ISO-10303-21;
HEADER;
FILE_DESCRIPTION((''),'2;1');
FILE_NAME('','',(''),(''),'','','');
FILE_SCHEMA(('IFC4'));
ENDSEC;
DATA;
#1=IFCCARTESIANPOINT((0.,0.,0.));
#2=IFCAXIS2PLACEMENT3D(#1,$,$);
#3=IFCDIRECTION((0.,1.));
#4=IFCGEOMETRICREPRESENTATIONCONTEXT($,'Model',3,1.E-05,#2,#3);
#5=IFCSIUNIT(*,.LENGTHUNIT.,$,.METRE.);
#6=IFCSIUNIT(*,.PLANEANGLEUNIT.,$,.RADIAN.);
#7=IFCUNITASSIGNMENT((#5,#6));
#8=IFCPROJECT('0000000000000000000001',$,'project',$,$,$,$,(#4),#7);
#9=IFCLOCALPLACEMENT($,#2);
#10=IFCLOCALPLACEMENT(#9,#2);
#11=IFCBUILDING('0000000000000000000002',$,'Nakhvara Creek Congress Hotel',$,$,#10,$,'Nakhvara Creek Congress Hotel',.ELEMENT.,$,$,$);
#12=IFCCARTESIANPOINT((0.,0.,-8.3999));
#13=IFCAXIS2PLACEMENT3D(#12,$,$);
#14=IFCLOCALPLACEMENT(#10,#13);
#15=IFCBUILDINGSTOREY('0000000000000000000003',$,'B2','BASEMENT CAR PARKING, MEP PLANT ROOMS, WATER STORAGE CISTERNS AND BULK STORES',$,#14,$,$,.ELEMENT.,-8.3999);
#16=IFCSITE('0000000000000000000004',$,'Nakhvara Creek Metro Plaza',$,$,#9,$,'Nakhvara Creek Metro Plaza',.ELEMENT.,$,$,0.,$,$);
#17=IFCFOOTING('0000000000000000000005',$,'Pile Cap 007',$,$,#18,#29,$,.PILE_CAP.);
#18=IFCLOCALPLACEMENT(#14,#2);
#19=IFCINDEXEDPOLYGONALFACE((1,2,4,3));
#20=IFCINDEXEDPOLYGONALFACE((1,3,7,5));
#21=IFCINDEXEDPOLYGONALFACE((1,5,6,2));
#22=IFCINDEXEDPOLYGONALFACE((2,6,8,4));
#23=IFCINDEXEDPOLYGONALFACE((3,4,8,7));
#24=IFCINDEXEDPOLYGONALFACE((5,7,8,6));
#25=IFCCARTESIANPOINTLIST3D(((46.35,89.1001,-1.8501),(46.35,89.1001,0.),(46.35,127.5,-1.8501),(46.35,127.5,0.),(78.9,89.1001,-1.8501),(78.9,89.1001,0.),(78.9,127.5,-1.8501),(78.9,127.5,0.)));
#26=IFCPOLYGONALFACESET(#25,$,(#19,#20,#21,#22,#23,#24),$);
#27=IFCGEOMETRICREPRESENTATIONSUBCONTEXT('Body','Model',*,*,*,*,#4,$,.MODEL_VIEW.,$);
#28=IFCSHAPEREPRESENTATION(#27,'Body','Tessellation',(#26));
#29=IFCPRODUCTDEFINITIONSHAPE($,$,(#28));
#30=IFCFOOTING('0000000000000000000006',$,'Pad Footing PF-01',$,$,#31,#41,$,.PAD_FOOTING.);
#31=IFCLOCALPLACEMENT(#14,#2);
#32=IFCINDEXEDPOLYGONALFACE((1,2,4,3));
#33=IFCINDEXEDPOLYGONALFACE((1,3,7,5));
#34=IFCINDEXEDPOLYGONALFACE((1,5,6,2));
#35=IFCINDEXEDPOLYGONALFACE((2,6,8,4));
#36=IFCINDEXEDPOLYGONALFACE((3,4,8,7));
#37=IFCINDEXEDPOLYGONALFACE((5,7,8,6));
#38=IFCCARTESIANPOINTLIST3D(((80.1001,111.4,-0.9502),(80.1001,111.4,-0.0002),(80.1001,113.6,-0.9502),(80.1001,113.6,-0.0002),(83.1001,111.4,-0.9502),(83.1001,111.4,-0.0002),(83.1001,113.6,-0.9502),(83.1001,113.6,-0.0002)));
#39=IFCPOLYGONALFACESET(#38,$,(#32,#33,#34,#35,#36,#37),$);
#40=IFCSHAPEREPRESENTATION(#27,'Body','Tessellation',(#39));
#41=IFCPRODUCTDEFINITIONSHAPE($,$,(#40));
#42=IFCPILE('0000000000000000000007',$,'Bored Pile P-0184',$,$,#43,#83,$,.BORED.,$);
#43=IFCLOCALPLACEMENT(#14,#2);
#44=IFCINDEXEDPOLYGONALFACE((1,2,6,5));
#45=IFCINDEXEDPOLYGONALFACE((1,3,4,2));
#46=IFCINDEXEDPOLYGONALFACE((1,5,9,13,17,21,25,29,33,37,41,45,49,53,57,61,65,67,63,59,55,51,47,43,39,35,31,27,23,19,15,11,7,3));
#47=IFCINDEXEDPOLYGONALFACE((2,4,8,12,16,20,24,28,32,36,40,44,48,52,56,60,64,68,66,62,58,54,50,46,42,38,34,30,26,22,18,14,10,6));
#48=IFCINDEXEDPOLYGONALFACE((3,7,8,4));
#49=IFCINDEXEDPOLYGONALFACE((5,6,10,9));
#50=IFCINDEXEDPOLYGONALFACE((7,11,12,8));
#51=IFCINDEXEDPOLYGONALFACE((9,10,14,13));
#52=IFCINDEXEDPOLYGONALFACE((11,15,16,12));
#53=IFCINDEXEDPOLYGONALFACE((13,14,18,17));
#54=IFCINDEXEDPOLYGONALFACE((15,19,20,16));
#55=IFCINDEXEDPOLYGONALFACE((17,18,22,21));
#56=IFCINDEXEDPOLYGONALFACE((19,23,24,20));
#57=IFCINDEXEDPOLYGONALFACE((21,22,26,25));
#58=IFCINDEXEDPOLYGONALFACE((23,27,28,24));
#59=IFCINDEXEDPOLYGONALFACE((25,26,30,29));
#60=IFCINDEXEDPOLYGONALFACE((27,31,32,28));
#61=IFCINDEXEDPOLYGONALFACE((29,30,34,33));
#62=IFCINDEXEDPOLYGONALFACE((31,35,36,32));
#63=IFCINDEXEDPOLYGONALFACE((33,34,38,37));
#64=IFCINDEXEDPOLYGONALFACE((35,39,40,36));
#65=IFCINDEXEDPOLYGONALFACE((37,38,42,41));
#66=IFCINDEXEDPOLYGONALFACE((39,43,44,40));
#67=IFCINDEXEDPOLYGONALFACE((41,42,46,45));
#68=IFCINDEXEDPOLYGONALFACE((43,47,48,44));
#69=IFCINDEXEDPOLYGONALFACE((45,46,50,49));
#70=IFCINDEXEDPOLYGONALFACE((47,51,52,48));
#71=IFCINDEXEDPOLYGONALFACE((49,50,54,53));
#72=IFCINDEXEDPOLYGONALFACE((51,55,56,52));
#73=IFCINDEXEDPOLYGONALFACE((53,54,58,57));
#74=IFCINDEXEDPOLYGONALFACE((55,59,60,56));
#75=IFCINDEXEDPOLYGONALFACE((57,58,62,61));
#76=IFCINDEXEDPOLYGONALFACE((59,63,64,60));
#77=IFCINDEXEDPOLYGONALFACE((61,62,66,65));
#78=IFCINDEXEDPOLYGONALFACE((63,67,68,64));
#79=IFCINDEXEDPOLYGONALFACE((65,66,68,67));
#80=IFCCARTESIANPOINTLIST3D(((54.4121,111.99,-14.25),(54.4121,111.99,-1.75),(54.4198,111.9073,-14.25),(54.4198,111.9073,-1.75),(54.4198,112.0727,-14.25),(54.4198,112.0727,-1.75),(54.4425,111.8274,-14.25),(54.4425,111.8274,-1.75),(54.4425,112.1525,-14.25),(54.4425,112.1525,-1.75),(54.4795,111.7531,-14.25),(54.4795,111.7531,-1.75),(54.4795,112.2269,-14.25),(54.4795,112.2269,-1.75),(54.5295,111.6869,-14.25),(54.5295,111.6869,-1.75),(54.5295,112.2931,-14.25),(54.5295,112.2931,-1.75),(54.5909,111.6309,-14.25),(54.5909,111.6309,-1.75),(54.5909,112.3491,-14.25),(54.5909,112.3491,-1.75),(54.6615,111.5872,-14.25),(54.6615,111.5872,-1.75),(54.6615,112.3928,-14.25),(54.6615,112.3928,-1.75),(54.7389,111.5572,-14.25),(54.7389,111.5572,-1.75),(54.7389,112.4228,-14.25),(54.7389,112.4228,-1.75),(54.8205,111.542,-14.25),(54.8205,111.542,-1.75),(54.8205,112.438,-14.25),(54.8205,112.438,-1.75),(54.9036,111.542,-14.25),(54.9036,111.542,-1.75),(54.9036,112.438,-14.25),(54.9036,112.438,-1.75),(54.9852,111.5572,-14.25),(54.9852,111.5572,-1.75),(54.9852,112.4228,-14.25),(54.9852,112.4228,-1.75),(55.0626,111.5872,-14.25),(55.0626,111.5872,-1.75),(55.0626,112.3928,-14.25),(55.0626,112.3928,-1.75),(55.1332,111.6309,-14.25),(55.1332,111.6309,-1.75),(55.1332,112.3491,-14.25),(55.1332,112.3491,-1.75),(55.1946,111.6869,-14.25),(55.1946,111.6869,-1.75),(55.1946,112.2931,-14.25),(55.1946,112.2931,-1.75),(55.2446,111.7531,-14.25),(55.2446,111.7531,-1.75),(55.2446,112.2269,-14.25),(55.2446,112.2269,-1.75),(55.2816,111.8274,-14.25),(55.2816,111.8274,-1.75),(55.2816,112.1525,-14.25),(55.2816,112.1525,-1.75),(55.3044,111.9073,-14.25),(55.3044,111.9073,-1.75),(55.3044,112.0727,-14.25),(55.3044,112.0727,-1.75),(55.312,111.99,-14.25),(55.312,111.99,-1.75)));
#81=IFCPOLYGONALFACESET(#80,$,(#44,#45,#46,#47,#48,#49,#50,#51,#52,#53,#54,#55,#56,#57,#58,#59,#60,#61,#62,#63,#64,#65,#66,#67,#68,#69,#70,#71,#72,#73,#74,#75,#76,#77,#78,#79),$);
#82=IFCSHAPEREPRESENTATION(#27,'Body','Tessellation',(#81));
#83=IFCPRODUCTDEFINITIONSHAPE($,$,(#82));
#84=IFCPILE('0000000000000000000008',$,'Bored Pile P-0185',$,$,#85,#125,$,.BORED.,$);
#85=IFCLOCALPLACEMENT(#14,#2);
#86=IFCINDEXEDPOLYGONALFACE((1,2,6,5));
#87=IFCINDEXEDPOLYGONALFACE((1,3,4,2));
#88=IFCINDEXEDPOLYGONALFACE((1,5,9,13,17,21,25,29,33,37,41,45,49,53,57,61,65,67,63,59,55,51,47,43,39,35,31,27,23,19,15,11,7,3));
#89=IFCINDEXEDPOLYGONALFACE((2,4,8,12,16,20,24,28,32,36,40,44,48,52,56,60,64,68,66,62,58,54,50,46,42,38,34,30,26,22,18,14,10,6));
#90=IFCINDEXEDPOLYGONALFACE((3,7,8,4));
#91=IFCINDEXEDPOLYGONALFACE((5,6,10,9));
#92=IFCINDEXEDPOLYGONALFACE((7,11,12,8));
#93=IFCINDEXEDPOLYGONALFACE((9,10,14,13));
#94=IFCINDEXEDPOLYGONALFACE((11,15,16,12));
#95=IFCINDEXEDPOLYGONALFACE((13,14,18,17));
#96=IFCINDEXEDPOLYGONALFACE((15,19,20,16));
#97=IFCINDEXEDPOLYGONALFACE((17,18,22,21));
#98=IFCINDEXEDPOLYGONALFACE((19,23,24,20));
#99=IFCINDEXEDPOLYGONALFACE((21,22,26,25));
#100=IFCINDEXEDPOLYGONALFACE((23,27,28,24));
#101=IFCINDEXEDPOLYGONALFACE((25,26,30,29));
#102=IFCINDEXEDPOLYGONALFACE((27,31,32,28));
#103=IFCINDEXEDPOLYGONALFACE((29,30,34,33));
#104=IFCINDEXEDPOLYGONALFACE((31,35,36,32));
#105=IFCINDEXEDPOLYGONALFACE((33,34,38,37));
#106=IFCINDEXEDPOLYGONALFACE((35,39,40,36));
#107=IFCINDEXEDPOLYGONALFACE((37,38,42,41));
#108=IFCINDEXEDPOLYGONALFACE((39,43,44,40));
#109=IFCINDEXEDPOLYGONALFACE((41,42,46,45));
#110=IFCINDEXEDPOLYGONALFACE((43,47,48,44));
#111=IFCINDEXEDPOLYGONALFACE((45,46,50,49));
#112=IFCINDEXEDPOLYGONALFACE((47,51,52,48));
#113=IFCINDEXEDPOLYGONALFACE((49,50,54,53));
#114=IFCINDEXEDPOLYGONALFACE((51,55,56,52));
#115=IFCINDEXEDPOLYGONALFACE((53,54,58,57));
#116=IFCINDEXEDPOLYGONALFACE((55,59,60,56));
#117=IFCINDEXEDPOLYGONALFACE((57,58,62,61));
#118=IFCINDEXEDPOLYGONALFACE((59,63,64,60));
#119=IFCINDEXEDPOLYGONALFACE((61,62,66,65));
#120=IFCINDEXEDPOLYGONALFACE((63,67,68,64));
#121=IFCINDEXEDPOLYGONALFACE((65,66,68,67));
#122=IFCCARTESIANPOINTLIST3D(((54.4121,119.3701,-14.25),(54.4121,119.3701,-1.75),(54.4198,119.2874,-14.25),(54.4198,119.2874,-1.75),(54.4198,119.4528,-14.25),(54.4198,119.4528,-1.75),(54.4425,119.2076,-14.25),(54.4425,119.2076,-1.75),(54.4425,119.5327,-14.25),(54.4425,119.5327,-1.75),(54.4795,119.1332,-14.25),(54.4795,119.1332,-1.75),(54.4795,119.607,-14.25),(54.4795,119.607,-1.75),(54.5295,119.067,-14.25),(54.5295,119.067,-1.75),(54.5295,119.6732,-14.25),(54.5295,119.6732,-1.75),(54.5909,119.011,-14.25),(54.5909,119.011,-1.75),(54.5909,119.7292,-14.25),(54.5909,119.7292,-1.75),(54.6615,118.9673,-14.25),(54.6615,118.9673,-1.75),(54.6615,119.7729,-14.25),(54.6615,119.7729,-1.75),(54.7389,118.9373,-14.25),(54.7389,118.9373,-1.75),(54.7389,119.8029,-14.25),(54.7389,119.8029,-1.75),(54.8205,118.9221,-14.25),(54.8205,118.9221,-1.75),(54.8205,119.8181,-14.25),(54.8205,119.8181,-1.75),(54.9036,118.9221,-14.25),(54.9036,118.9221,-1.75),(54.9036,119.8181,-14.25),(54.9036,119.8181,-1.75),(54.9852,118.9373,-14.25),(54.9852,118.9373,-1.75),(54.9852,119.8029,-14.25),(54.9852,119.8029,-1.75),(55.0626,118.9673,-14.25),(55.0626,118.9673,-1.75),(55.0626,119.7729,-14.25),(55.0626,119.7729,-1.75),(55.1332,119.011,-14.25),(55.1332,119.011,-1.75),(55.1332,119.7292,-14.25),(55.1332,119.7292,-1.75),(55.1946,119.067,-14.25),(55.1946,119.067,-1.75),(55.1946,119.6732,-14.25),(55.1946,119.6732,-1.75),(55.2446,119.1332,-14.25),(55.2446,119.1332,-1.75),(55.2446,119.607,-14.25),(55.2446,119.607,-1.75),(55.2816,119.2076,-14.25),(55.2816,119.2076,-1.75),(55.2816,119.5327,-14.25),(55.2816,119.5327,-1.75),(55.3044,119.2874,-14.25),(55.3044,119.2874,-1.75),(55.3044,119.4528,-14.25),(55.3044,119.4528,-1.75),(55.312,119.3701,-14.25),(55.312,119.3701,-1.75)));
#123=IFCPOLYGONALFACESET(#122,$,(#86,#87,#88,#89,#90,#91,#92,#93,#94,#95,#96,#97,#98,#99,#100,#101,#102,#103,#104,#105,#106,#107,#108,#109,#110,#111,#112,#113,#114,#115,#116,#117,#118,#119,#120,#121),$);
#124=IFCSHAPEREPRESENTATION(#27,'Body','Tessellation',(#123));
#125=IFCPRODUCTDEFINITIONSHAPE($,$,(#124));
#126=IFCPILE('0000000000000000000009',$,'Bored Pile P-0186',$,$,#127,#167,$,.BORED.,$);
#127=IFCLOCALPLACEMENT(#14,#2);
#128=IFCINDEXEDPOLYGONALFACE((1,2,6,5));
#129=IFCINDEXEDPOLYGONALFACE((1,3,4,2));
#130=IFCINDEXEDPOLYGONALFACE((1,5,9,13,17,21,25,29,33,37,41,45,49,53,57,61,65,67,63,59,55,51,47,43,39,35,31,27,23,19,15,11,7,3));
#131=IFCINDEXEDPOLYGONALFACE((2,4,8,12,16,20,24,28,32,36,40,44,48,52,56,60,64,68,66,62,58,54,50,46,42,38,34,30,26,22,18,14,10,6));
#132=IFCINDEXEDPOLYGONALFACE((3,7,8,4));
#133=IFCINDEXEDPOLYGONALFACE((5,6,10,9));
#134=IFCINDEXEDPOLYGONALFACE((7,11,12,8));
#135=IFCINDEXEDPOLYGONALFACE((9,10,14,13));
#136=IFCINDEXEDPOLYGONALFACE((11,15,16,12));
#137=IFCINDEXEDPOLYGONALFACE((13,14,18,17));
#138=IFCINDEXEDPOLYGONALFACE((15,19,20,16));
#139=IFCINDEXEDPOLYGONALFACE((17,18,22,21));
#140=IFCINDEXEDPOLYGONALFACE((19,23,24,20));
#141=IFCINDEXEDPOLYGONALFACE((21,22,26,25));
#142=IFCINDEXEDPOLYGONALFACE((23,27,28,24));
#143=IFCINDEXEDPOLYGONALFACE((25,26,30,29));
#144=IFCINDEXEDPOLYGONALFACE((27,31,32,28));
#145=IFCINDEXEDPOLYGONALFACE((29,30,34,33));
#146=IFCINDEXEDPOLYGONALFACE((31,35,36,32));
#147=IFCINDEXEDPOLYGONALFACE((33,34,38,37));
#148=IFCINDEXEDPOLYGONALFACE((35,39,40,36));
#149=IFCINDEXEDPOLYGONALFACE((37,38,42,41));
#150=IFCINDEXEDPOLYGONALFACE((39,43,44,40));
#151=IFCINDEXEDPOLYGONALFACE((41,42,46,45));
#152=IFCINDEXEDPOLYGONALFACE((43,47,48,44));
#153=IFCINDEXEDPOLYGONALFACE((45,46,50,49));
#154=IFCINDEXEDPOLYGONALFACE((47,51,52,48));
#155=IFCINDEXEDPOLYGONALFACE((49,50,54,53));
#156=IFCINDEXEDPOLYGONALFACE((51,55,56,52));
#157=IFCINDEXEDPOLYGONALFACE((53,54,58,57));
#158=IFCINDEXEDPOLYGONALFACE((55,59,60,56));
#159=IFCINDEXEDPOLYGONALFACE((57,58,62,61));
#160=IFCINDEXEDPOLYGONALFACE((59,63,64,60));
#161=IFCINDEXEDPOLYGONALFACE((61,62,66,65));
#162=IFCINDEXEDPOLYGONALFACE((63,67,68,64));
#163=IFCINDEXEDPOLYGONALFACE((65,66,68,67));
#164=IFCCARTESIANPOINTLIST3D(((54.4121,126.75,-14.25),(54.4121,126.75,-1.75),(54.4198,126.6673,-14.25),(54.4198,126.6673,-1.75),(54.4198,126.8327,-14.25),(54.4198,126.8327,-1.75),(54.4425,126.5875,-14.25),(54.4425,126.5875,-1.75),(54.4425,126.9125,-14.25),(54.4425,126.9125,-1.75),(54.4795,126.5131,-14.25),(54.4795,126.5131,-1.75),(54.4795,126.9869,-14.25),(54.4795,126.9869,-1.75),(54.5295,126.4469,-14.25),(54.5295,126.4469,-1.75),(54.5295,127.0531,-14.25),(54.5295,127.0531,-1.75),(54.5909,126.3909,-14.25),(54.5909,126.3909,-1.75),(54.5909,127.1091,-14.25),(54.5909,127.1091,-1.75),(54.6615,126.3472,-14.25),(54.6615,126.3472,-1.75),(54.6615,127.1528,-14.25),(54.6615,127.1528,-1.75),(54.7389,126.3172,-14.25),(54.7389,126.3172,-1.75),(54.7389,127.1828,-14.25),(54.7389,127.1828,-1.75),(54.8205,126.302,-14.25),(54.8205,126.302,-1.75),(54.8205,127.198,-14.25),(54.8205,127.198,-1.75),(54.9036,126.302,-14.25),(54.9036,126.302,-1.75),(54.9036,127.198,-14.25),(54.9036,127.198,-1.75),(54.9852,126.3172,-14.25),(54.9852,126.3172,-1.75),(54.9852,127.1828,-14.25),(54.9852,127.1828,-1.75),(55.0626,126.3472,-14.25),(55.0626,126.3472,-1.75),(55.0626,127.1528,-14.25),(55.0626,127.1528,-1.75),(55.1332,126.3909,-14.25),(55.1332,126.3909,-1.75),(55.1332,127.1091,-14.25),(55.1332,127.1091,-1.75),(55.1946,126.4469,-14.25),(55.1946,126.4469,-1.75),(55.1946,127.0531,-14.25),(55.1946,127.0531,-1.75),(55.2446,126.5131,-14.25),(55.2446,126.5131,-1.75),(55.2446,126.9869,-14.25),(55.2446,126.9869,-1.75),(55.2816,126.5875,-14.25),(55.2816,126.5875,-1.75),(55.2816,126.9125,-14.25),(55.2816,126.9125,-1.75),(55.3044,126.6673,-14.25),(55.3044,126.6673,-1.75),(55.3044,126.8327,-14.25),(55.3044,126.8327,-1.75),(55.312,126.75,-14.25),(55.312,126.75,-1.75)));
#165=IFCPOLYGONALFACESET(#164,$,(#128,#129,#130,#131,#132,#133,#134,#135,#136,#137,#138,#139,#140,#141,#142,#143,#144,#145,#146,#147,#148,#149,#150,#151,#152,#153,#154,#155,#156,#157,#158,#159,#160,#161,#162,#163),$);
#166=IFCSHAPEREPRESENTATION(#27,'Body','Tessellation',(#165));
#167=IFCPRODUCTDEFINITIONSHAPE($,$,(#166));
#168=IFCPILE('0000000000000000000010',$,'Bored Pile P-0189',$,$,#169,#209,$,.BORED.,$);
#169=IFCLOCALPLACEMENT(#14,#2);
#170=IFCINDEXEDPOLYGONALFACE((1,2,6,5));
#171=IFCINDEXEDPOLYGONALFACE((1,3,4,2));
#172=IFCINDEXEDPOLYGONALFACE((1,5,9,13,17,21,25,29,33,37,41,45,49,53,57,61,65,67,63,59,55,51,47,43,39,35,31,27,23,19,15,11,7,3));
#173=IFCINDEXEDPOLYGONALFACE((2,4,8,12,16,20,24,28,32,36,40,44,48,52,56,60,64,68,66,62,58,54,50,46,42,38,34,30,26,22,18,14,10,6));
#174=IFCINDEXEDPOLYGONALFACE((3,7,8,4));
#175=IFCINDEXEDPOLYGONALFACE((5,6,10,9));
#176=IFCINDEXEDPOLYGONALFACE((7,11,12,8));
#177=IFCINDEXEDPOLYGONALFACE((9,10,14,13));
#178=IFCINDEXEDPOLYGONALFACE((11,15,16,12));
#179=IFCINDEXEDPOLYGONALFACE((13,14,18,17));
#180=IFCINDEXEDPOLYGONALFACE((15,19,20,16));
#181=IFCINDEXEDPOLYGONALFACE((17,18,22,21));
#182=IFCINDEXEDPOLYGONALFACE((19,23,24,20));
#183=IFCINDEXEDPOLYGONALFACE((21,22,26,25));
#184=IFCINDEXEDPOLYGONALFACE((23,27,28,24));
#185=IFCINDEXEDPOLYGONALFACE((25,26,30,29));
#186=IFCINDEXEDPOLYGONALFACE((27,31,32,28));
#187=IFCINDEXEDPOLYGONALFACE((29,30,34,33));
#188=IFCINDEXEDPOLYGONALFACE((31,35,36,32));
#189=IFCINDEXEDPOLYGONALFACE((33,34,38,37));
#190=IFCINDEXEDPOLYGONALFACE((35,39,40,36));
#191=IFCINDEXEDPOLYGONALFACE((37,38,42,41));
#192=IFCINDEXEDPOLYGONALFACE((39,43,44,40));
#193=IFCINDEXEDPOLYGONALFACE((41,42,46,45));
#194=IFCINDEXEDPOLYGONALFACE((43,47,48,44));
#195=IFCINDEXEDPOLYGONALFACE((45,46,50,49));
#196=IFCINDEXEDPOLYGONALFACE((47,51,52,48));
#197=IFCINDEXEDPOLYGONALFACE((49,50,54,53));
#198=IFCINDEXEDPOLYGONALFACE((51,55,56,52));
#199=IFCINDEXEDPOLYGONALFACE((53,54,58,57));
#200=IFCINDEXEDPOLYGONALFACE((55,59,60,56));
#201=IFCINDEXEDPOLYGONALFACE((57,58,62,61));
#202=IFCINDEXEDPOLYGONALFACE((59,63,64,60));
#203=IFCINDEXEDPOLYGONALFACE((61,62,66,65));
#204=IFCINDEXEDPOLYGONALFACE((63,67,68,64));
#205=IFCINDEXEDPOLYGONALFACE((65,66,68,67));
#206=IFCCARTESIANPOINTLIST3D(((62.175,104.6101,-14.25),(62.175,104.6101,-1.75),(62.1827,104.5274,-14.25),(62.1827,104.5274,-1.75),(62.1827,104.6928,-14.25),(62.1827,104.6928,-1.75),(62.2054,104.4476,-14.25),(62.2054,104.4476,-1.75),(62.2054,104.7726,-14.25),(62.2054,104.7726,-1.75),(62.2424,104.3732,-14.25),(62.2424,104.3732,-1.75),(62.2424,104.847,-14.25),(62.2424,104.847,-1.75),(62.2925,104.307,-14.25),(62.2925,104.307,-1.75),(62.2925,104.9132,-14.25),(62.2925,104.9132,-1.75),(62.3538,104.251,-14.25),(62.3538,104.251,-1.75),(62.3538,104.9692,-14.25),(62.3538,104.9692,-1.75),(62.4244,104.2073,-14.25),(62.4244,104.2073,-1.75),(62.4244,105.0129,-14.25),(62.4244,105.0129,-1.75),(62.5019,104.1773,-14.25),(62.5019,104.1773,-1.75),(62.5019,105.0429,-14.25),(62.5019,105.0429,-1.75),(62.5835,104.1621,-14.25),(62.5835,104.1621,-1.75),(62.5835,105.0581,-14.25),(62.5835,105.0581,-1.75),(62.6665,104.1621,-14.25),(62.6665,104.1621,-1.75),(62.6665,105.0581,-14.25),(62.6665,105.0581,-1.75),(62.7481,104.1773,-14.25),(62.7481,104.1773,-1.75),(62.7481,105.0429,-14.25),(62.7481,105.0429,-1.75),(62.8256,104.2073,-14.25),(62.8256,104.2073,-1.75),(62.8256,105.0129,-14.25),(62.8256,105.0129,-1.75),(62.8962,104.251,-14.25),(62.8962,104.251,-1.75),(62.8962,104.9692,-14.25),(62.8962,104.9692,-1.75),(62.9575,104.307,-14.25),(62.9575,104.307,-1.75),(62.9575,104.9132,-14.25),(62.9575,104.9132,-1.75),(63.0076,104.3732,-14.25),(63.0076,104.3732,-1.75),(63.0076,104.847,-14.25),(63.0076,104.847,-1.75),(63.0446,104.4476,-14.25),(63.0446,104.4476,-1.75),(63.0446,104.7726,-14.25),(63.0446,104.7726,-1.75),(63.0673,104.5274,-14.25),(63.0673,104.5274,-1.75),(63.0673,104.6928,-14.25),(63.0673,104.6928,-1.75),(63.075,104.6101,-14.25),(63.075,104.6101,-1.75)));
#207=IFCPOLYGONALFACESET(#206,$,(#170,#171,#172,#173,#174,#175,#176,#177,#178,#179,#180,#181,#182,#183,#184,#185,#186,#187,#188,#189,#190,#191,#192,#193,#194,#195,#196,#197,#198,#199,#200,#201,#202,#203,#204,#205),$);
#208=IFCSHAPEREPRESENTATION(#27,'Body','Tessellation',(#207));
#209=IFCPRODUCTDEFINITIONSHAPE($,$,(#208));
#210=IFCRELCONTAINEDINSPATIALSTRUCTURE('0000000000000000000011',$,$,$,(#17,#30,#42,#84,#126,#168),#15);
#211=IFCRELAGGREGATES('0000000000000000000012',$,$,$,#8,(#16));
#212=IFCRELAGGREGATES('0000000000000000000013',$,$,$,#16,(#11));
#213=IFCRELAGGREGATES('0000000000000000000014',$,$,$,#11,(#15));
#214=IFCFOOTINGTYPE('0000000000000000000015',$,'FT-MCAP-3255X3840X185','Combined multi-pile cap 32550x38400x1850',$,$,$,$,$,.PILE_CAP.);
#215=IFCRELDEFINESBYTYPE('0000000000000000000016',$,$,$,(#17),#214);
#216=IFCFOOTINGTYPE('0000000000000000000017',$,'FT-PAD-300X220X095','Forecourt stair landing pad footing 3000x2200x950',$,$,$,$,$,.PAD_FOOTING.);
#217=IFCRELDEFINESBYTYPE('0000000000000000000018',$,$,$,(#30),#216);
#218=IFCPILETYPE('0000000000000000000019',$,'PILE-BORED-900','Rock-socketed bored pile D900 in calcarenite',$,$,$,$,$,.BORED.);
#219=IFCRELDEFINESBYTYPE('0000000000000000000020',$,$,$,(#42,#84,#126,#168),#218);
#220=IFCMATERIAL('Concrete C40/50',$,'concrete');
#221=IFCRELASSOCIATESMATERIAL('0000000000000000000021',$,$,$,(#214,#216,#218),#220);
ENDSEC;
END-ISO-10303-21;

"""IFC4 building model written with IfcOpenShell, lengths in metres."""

from ifc_helpers import new_model, si_unit, direction, frame, origin, origin_2d, place, context, subcontext, project, spatial, rectangle, circle, extrude, material, material_profile, profile_set, type_object, element, save


model = new_model("IFC4")

# Units and contexts
model_context = context("Model", 3, precision=1e-05, world=origin(), true_north=direction((0.0, 1.0)))
body_context = subcontext(model_context, "Body", "Model", "MODEL_VIEW")
ifc_project = project(units=[si_unit("LENGTHUNIT", "METRE"), si_unit("PLANEANGLEUNIT", "RADIAN")], contexts=[model_context])

# Site, building, storey
site_placement = place(None, origin())
site = spatial("IfcSite", under=ifc_project, at=site_placement, Name="Nakhvara Creek Metro Plaza", LongName="Nakhvara Creek Metro Plaza", CompositionType="ELEMENT", RefElevation=0.0)
building_placement = place(site_placement, origin())
building = spatial("IfcBuilding", under=site, at=building_placement, Name="Nakhvara Creek Congress Hotel", LongName="Nakhvara Creek Congress Hotel", CompositionType="ELEMENT")
storey_placement = place(building_placement, frame((0.0, 0.0, -8.3999)))
storey = spatial("IfcBuildingStorey", under=building, at=storey_placement, Name="B2", Description="BASEMENT CAR PARKING, MEP PLANT ROOMS, WATER STORAGE CISTERNS AND BULK STORES", CompositionType="ELEMENT", Elevation=-8.3999)

# Footings
ifc_material_1 = material(Name="Concrete C40/50", Category="concrete")
footing_type_1 = type_object("IfcFootingType", Name="FT-MCAP-3255X3840X185", Description="Combined multi-pile cap 32550x38400x1850", PredefinedType="PILE_CAP", material=ifc_material_1)
footing_1_placement = place(storey_placement, frame((62.625, 108.3, -1.8501), z_axis=(0.0, 0.0, 1.0), x_axis=(1.0, 0.0, 0.0)))
element("IfcFooting", 1, at=footing_1_placement, inside=storey, type_object=footing_type_1, Name="Pile Cap 007", PredefinedType="PILE_CAP", context=body_context, shape_type="SweptSolid", body=[
    extrude(rectangle(XDim=32.55, YDim=38.3999, at=origin_2d()), origin(), (0.0, 0.0, 1.0), 1.8501),
])
footing_type_2 = type_object("IfcFootingType", Name="FT-PAD-300X220X095", Description="Forecourt stair landing pad footing 3000x2200x950", PredefinedType="PAD_FOOTING", material=ifc_material_1)
footing_2_placement = place(storey_placement, frame((81.6001, 112.5, -0.9502), z_axis=(0.0, 0.0, 1.0), x_axis=(1.0, 0.0, 0.0)))
element("IfcFooting", 2, at=footing_2_placement, inside=storey, type_object=footing_type_2, Name="Pad Footing PF-01", PredefinedType="PAD_FOOTING", context=body_context, shape_type="SweptSolid", body=[
    extrude(rectangle(XDim=3.0, YDim=2.2, at=origin_2d()), origin(), (0.0, 0.0, 1.0), 0.95),
])

# Piles
ifc_material_profile_1 = material_profile(ifc_material_1, circle(Radius=0.45, at=origin_2d()), Name="BORED PILE D900", Category="LoadBearing")
ifc_profile_set_1 = profile_set([ifc_material_profile_1], Name="Concrete C40/50")
pile_type = type_object("IfcPileType", Name="PILE-BORED-900", Description="Rock-socketed bored pile D900 in calcarenite", PredefinedType="BORED", material=ifc_profile_set_1)
for number, where, z_axis, x_axis, name in (
    (3, (54.8621, 111.99, -1.75), (0.0, 0.0, -1.0), (1.0, 0.0, 0.0), "Bored Pile P-0184"),
    (4, (54.8621, 119.3701, -1.75), (0.0, 0.0, -1.0), (1.0, 0.0, 0.0), "Bored Pile P-0185"),
    (5, (54.8621, 126.75, -1.75), (0.0, 0.0, -1.0), (1.0, 0.0, 0.0), "Bored Pile P-0186"),
    (6, (62.625, 104.6101, -1.75), (0.0, 0.0, -1.0), (1.0, 0.0, 0.0), "Bored Pile P-0189"),
):
    element("IfcPile", number, at=place(storey_placement, frame(where, z_axis=z_axis, x_axis=x_axis)), inside=storey, type_object=pile_type, Name=name, PredefinedType="BORED", context=body_context, shape_type="SweptSolid", body=[
        extrude(circle(Radius=0.45, at=origin_2d()), origin(), (0.0, 0.0, 1.0), 12.5),
    ])

save(model, "model.ifc")
